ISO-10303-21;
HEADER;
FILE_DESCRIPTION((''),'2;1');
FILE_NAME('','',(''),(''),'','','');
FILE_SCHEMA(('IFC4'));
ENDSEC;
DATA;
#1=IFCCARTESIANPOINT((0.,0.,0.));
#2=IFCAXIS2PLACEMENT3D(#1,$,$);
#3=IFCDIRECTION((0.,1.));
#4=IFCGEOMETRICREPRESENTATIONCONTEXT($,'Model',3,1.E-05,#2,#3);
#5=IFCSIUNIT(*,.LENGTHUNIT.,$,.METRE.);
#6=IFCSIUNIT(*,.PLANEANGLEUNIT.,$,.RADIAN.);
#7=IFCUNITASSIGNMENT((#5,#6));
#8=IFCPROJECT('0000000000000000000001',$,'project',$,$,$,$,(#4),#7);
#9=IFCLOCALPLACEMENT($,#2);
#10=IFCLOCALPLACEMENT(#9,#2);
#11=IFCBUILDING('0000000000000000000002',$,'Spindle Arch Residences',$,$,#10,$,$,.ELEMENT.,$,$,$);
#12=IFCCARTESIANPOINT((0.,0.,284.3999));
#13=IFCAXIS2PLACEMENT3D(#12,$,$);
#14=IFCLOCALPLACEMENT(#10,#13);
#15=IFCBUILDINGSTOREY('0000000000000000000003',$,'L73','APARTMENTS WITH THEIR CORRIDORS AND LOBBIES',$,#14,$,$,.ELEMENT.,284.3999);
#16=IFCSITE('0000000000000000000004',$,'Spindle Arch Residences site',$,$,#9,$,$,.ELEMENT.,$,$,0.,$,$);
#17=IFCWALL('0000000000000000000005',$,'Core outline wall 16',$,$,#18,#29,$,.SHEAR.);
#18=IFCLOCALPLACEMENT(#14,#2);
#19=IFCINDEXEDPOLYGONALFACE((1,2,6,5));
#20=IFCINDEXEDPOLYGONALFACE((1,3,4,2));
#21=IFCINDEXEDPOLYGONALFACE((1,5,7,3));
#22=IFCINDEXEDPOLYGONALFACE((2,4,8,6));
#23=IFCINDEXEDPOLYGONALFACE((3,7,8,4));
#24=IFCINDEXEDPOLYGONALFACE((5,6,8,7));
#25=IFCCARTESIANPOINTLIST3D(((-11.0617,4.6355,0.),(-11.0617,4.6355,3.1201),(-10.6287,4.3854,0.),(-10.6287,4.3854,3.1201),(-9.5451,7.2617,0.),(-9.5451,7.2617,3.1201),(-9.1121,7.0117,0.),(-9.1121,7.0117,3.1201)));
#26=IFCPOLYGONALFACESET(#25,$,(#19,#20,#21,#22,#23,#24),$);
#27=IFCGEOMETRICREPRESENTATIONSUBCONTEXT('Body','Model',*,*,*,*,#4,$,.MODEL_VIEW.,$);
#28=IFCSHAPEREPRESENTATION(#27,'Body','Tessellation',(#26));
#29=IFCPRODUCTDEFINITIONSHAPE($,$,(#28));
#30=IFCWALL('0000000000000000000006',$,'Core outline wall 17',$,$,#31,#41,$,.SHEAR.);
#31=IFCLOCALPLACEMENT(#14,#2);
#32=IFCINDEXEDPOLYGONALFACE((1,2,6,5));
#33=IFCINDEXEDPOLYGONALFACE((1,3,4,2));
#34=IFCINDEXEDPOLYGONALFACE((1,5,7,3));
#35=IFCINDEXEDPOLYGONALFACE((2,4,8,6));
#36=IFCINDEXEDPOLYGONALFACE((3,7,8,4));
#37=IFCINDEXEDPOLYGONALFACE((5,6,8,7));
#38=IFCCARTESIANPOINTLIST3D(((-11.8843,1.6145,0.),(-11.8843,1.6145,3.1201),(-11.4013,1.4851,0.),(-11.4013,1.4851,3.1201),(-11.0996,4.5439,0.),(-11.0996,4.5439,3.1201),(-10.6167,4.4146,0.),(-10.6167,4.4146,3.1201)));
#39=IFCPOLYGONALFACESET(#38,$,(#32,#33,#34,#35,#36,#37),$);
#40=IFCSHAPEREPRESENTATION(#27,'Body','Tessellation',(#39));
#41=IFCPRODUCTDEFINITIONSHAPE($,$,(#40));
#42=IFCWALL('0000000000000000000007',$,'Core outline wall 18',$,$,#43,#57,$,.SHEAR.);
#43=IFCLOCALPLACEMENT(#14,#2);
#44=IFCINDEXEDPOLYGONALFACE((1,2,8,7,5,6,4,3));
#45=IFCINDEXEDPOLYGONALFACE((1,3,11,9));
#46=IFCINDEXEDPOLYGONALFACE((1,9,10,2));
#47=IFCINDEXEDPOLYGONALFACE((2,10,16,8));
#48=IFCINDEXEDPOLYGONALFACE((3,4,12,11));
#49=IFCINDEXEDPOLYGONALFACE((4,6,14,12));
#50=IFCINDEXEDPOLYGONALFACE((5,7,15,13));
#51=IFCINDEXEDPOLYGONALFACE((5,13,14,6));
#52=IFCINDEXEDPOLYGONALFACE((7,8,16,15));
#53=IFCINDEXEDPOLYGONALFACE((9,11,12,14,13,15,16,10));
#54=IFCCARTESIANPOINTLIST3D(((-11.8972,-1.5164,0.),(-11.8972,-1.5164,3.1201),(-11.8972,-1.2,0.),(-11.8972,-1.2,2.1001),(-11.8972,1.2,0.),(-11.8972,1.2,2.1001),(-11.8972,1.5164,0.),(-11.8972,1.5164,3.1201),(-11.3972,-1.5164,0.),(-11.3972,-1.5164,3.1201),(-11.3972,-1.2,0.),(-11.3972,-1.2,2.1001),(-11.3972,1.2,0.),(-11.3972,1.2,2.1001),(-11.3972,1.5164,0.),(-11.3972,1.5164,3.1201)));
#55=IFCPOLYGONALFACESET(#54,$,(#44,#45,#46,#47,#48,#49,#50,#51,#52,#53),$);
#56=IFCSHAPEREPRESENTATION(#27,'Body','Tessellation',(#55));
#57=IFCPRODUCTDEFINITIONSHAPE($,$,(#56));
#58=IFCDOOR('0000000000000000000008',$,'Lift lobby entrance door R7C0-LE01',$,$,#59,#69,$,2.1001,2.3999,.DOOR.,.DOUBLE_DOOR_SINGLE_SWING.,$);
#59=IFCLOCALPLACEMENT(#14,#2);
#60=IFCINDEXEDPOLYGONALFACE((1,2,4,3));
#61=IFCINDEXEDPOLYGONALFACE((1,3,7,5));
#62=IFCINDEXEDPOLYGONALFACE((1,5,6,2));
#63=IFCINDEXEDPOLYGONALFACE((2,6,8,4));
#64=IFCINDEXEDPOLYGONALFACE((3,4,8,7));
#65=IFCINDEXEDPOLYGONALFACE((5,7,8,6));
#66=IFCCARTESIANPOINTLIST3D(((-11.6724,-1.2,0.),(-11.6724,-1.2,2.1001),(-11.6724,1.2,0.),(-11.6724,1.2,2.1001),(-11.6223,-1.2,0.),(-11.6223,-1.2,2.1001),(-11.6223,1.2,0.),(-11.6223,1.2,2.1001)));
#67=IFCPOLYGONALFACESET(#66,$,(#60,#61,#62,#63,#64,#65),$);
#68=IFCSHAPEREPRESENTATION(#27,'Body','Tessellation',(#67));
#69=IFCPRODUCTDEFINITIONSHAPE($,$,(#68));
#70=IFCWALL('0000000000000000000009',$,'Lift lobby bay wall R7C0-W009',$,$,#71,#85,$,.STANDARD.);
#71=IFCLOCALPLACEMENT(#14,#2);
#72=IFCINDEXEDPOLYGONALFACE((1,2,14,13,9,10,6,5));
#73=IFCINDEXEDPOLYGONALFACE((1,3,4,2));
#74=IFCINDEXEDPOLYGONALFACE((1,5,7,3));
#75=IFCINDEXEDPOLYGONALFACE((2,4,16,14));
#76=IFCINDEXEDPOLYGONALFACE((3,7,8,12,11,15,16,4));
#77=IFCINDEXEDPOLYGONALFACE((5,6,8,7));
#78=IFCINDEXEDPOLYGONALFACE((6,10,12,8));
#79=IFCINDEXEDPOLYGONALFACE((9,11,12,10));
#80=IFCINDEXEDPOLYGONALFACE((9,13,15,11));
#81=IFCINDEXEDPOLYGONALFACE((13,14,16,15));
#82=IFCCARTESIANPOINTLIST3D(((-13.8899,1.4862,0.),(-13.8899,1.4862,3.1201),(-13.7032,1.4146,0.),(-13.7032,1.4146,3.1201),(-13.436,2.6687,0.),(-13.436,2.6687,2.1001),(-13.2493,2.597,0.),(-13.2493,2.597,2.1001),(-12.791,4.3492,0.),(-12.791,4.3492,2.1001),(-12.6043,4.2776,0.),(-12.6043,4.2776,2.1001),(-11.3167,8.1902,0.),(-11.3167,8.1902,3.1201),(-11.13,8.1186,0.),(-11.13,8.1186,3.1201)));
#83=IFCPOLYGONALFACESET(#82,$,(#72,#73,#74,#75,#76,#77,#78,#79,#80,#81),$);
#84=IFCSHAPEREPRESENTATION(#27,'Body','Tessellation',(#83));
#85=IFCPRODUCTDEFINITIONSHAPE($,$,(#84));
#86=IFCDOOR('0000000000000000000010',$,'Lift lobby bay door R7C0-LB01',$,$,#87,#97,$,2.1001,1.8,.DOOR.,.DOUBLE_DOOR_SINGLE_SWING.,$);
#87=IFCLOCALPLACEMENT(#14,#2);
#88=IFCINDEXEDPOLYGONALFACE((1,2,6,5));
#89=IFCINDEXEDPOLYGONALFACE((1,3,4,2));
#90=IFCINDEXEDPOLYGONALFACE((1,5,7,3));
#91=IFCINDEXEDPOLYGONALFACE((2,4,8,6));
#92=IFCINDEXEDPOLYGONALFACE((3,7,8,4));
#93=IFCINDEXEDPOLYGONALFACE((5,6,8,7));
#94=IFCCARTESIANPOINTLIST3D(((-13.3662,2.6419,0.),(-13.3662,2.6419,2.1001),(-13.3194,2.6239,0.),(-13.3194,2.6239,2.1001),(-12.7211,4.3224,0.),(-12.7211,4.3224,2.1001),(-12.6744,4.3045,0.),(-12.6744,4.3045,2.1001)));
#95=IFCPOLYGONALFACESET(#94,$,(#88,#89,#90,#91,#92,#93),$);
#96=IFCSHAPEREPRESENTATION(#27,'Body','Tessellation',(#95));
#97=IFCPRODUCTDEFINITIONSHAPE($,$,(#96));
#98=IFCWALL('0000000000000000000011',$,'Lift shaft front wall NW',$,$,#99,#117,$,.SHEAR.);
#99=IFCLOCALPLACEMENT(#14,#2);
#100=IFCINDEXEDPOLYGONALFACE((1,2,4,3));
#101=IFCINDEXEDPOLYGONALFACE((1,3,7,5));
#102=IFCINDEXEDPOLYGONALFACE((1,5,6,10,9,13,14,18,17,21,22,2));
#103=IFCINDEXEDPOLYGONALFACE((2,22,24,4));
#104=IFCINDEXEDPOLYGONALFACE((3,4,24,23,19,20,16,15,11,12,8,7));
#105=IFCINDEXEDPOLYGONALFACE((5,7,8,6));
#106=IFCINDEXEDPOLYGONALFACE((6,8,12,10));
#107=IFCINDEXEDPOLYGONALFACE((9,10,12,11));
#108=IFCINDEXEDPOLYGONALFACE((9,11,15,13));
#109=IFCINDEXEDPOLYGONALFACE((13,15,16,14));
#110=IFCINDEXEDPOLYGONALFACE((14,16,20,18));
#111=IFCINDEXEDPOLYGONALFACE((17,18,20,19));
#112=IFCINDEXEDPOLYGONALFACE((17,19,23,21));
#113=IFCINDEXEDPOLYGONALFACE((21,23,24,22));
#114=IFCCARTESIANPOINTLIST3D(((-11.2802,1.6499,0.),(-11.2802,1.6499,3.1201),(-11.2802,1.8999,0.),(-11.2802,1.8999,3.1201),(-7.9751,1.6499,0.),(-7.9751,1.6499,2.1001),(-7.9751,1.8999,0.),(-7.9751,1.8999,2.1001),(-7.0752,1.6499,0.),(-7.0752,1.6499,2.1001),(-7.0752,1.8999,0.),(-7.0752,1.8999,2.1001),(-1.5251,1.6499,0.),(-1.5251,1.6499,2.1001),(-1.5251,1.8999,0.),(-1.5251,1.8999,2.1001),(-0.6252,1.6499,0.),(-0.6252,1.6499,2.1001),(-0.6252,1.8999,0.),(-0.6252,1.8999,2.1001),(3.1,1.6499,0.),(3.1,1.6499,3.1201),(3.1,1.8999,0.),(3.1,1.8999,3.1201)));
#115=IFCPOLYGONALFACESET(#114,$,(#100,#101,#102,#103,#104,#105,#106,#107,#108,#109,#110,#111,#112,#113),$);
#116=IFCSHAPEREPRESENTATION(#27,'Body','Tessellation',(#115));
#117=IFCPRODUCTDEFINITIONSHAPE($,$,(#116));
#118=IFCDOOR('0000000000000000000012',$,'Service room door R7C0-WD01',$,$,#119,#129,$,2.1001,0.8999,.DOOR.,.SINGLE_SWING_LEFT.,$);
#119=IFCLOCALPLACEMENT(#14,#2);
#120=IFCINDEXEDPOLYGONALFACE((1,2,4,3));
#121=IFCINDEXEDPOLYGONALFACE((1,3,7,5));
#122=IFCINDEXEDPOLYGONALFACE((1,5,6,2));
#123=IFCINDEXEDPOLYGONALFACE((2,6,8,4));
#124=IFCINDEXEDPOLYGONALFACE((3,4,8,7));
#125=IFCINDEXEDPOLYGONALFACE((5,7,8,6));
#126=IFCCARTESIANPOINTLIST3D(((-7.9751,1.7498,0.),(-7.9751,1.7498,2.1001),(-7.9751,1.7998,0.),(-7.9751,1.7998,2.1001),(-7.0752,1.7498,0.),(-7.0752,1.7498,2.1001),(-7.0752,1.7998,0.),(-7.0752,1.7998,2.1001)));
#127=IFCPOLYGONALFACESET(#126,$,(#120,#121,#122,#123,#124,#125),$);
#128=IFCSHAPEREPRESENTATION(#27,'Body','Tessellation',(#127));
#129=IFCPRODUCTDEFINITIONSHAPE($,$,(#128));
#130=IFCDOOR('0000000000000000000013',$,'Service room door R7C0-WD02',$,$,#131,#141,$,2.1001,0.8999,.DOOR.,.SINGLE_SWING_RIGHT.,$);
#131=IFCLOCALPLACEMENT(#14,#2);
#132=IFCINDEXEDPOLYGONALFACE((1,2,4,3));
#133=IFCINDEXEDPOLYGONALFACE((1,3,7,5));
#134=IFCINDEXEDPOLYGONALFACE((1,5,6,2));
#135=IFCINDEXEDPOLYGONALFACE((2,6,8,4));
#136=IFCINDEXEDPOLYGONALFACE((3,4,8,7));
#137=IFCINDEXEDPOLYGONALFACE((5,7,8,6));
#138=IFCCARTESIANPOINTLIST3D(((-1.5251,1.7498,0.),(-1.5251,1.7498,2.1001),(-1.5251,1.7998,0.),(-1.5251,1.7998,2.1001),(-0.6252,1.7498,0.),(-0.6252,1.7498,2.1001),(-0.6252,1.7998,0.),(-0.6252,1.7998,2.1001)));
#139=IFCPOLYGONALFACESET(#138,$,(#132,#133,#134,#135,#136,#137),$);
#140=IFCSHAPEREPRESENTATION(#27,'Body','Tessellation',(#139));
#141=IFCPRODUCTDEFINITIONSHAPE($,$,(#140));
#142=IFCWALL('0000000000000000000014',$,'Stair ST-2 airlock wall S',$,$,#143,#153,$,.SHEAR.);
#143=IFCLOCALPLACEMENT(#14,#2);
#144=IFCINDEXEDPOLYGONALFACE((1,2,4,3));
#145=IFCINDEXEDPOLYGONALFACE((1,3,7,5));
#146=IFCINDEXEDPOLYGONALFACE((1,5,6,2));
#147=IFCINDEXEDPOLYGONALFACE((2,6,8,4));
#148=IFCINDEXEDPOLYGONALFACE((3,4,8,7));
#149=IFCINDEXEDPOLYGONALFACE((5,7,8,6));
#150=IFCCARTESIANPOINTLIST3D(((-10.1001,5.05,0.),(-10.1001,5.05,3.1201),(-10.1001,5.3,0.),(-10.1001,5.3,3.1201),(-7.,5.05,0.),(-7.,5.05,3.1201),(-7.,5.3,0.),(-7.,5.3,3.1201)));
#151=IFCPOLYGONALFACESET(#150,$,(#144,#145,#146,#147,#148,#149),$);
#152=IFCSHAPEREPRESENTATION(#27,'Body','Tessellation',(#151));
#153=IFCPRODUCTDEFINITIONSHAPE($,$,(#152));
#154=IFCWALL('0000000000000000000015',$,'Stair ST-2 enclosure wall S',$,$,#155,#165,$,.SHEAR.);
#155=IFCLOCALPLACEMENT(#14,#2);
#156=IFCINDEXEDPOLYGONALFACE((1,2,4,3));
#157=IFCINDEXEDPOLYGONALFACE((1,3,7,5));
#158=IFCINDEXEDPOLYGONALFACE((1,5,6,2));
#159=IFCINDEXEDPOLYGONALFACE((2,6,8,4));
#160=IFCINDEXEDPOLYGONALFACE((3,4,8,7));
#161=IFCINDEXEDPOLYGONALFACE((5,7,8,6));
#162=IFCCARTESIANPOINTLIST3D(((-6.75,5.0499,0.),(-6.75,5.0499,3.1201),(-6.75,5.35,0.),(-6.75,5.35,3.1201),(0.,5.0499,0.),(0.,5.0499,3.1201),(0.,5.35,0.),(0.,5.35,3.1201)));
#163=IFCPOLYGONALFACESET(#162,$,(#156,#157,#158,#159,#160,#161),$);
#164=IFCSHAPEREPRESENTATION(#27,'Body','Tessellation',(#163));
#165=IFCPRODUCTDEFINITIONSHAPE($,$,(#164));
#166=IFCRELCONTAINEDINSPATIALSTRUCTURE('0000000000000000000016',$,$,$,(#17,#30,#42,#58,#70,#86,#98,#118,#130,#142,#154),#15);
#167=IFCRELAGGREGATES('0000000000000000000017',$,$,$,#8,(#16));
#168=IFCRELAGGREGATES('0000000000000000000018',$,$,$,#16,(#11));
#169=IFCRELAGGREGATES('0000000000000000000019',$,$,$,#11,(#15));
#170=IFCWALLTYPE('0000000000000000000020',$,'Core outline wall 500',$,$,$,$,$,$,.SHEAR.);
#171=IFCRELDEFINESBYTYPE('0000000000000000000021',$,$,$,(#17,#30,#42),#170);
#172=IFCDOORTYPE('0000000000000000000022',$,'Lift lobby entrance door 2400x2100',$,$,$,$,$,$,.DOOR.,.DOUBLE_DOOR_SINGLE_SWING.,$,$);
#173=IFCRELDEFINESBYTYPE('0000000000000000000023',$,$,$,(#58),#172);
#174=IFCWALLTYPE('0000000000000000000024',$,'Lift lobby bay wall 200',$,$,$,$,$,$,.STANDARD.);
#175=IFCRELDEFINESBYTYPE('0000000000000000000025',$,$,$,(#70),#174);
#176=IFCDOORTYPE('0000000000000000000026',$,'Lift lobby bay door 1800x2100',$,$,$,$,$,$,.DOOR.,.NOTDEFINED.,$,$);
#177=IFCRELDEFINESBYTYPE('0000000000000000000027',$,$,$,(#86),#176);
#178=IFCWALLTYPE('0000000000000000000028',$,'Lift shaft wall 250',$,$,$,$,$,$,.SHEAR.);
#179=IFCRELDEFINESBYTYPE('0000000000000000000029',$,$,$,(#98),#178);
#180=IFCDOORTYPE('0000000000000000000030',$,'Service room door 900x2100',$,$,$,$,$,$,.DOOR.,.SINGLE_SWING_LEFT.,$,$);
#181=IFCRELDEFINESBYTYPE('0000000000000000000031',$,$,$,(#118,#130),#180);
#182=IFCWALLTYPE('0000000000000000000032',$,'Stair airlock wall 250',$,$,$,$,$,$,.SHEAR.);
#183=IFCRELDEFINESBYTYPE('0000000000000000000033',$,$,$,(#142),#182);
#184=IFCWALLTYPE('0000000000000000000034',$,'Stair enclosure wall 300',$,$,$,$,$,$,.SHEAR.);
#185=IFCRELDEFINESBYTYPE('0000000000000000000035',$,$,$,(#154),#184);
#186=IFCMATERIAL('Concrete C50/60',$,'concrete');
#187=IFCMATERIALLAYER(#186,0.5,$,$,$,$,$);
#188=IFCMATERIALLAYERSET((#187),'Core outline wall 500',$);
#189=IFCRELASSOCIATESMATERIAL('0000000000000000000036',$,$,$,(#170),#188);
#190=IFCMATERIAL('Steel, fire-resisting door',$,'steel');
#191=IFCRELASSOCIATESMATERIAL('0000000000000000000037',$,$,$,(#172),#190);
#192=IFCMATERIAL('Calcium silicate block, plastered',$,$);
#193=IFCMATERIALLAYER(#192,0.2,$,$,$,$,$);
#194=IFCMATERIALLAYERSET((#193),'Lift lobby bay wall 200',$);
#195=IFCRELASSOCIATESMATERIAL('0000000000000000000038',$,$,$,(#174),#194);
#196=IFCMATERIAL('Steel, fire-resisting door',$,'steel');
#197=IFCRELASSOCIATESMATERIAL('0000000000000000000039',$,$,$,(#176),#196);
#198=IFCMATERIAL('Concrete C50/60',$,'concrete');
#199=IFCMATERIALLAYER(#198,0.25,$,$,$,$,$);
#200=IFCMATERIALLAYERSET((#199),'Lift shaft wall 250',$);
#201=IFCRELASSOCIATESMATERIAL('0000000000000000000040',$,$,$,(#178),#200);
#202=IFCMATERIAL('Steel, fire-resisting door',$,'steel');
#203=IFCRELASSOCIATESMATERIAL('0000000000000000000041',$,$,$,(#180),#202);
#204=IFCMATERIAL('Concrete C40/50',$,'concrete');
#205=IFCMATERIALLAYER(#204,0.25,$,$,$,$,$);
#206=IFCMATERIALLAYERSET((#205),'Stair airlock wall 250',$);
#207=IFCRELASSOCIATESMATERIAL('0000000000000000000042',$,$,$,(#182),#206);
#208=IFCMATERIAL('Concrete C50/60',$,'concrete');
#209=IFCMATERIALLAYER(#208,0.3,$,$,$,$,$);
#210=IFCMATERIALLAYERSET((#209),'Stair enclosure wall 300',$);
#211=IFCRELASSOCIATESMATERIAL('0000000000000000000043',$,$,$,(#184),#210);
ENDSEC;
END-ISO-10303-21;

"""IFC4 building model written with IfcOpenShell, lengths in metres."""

from ifc_helpers import new_model, si_unit, direction, frame, frame_2d, origin, place, context, subcontext, project, spatial, rectangle, extrude, material, layer, layer_set, type_object, element, fill, save


model = new_model("IFC4")

# Units and contexts
model_context = context("Model", 3, precision=1e-05, world=origin(), true_north=direction((0.0, 1.0)))
body_context = subcontext(model_context, "Body", "Model", "MODEL_VIEW")
ifc_project = project(units=[si_unit("LENGTHUNIT", "METRE"), si_unit("PLANEANGLEUNIT", "RADIAN")], contexts=[model_context])

# Site, building, storey
site_placement = place(None, origin())
site = spatial("IfcSite", under=ifc_project, at=site_placement, Name="Spindle Arch Residences site", CompositionType="ELEMENT", RefElevation=0.0)
building_placement = place(site_placement, origin())
building = spatial("IfcBuilding", under=site, at=building_placement, Name="Spindle Arch Residences", CompositionType="ELEMENT")
storey_placement = place(building_placement, frame((0.0, 0.0, 284.3999)))
storey = spatial("IfcBuildingStorey", under=building, at=storey_placement, Name="L73", Description="APARTMENTS WITH THEIR CORRIDORS AND LOBBIES", CompositionType="ELEMENT", Elevation=284.3999)

# Walls
ifc_material_1 = material(Name="Concrete C50/60", Category="concrete")
ifc_layer_1 = layer(ifc_material_1, 0.5)
ifc_layer_set_1 = layer_set([ifc_layer_1], Name="Core outline wall 500")
wall_type_1 = type_object("IfcWallType", Name="Core outline wall 500", PredefinedType="SHEAR", material=ifc_layer_set_1)
for number, where, z_axis, x_axis, name in (
    (1, (-9.3286, 7.1367, 0.0), (0.0, 0.0, 1.0), (-0.500087, -0.865975, 0.0), "Core outline wall 16"),
    (2, (-10.8582, 4.4792, 0.0), (0.0, 0.0, 1.0), (-0.258735, -0.965948, 0.0), "Core outline wall 17"),
):
    element("IfcWall", number, at=place(storey_placement, frame(where, z_axis=z_axis, x_axis=x_axis)), inside=storey, type_object=wall_type_1, Name=name, PredefinedType="SHEAR", context=body_context, shape_type="SweptSolid", body=[
        extrude(rectangle(XDim=3.0327, YDim=0.5, at=frame_2d((1.5164, 0.0))), origin(), (0.0, 0.0, 1.0), 3.1201),
    ])

# Walls, openings, doors
wall_1_placement = place(storey_placement, frame((-11.6472, 1.5164, 0.0), z_axis=(0.0, 0.0, 1.0), x_axis=(0.0, -1.0, 0.0)))
wall_1 = element("IfcWall", 3, at=wall_1_placement, inside=storey, type_object=wall_type_1, Name="Core outline wall 18", PredefinedType="SHEAR", context=body_context, shape_type="SweptSolid", body=[
    extrude(rectangle(XDim=3.0327, YDim=0.5, at=frame_2d((1.5164, 0.0))), origin(), (0.0, 0.0, 1.0), 3.1201),
])
opening_1_placement = place(wall_1_placement, frame((0.3164, 0.0, 0.0)))
opening_1 = element("IfcOpeningElement", 4, at=opening_1_placement, cuts=wall_1, PredefinedType="OPENING", context=body_context, shape_type="SweptSolid", body=[
    extrude(rectangle(XDim=2.3999, YDim=2.1001, at=frame_2d((1.2, 1.05))), frame((0.0, 0.26, 0.0), z_axis=(0.0, -1.0, 0.0), x_axis=(1.0, 0.0, 0.0)), (0.0, 0.0, 1.0), 0.52),
])
ifc_material_2 = material(Name="Steel, fire-resisting door", Category="steel")
door_type_1 = type_object("IfcDoorType", Name="Lift lobby entrance door 2400x2100", OperationType="DOUBLE_DOOR_SINGLE_SWING", PredefinedType="DOOR", material=ifc_material_2)
door_1_placement = place(opening_1_placement, origin())
door_1 = element("IfcDoor", 5, at=door_1_placement, inside=storey, type_object=door_type_1, Name="Lift lobby entrance door R7C0-LE01", OperationType="DOUBLE_DOOR_SINGLE_SWING", OverallHeight=2.1001, OverallWidth=2.3999, PredefinedType="DOOR", context=body_context, shape_type="SweptSolid", body=[
    extrude(rectangle(XDim=2.3999, YDim=2.1001, at=frame_2d((1.2, 1.05))), frame((0.0, 0.0249, 0.0), z_axis=(0.0, -1.0, 0.0), x_axis=(1.0, 0.0, 0.0)), (0.0, 0.0, 1.0), 0.05),
])
fill(opening_1, door_1)
ifc_material_3 = material(Name="Calcium silicate block, plastered")
ifc_layer_2 = layer(ifc_material_3, 0.2)
ifc_layer_set_2 = layer_set([ifc_layer_2], Name="Lift lobby bay wall 200")
wall_type_2 = type_object("IfcWallType", Name="Lift lobby bay wall 200", PredefinedType="STANDARD", material=ifc_layer_set_2)
wall_2_placement = place(storey_placement, frame((-11.2234, 8.1543, 0.0), z_axis=(0.0, 0.0, 1.0), x_axis=(-0.358341, -0.933591, 0.0)))
wall_2 = element("IfcWall", 6, at=wall_2_placement, inside=storey, type_object=wall_type_2, Name="Lift lobby bay wall R7C0-W009", PredefinedType="STANDARD", context=body_context, shape_type="SweptSolid", body=[
    extrude(rectangle(XDim=7.1809, YDim=0.2, at=frame_2d((3.5903, 0.0))), origin(), (0.0, 0.0, 1.0), 3.1201),
])
opening_2_placement = place(wall_2_placement, frame((4.1143, 0.0, 0.0)))
opening_2 = element("IfcOpeningElement", 7, at=opening_2_placement, cuts=wall_2, PredefinedType="OPENING", context=body_context, shape_type="SweptSolid", body=[
    extrude(rectangle(XDim=1.8, YDim=2.1001, at=frame_2d((0.8999, 1.05))), frame((0.0, 0.1099, 0.0), z_axis=(0.0, -1.0, 0.0), x_axis=(1.0, 0.0, 0.0)), (0.0, 0.0, 1.0), 0.22),
])
ifc_material_4 = material(Name="Steel, fire-resisting door", Category="steel")
door_type_2 = type_object("IfcDoorType", Name="Lift lobby bay door 1800x2100", OperationType="NOTDEFINED", PredefinedType="DOOR", material=ifc_material_4)
door_2_placement = place(opening_2_placement, origin())
door_2 = element("IfcDoor", 8, at=door_2_placement, inside=storey, type_object=door_type_2, Name="Lift lobby bay door R7C0-LB01", OperationType="DOUBLE_DOOR_SINGLE_SWING", OverallHeight=2.1001, OverallWidth=1.8, PredefinedType="DOOR", context=body_context, shape_type="SweptSolid", body=[
    extrude(rectangle(XDim=1.8, YDim=2.1001, at=frame_2d((0.8999, 1.05))), frame((0.0, 0.0249, 0.0), z_axis=(0.0, -1.0, 0.0), x_axis=(1.0, 0.0, 0.0)), (0.0, 0.0, 1.0), 0.05),
])
fill(opening_2, door_2)

# Wall, openings, doors
ifc_material_5 = material(Name="Concrete C50/60", Category="concrete")
ifc_layer_3 = layer(ifc_material_5, 0.25)
ifc_layer_set_3 = layer_set([ifc_layer_3], Name="Lift shaft wall 250")
wall_type_3 = type_object("IfcWallType", Name="Lift shaft wall 250", PredefinedType="SHEAR", material=ifc_layer_set_3)
wall_3_placement = place(storey_placement, frame((-11.28, 1.7749, 0.0), z_axis=(0.0, 0.0, 1.0), x_axis=(1.0, 0.0, 0.0)))
wall_3 = element("IfcWall", 9, at=wall_3_placement, inside=storey, type_object=wall_type_3, Name="Lift shaft front wall NW", PredefinedType="SHEAR", context=body_context, shape_type="SweptSolid", body=[
    extrude(rectangle(XDim=14.3801, YDim=0.25, at=frame_2d((7.1899, 0.0))), origin(), (0.0, 0.0, 1.0), 3.1201),
])
opening_3_placement = place(wall_3_placement, frame((3.3049, 0.0, 0.0)))
opening_3 = element("IfcOpeningElement", 10, at=opening_3_placement, cuts=wall_3, PredefinedType="OPENING", context=body_context, shape_type="SweptSolid", body=[
    extrude(rectangle(XDim=0.8999, YDim=2.1001, at=frame_2d((0.45, 1.05))), frame((0.0, 0.135, 0.0), z_axis=(0.0, -1.0, 0.0), x_axis=(1.0, 0.0, 0.0)), (0.0, 0.0, 1.0), 0.27),
])
opening_4_placement = place(wall_3_placement, frame((9.7549, 0.0, 0.0)))
opening_4 = element("IfcOpeningElement", 11, at=opening_4_placement, cuts=wall_3, PredefinedType="OPENING", context=body_context, shape_type="SweptSolid", body=[
    extrude(rectangle(XDim=0.8999, YDim=2.1001, at=frame_2d((0.45, 1.05))), frame((0.0, 0.135, 0.0), z_axis=(0.0, -1.0, 0.0), x_axis=(1.0, 0.0, 0.0)), (0.0, 0.0, 1.0), 0.27),
])
ifc_material_6 = material(Name="Steel, fire-resisting door", Category="steel")
door_type_3 = type_object("IfcDoorType", Name="Service room door 900x2100", OperationType="SINGLE_SWING_LEFT", PredefinedType="DOOR", material=ifc_material_6)
door_3_placement = place(opening_3_placement, origin())
door_3 = element("IfcDoor", 12, at=door_3_placement, inside=storey, type_object=door_type_3, Name="Service room door R7C0-WD01", OperationType="SINGLE_SWING_LEFT", OverallHeight=2.1001, OverallWidth=0.8999, PredefinedType="DOOR", context=body_context, shape_type="SweptSolid", body=[
    extrude(rectangle(XDim=0.8999, YDim=2.1001, at=frame_2d((0.45, 1.05))), frame((0.0, 0.0249, 0.0), z_axis=(0.0, -1.0, 0.0), x_axis=(1.0, 0.0, 0.0)), (0.0, 0.0, 1.0), 0.05),
])
fill(opening_3, door_3)
door_4_placement = place(opening_4_placement, origin())
door_4 = element("IfcDoor", 13, at=door_4_placement, inside=storey, type_object=door_type_3, Name="Service room door R7C0-WD02", OperationType="SINGLE_SWING_RIGHT", OverallHeight=2.1001, OverallWidth=0.8999, PredefinedType="DOOR", context=body_context, shape_type="SweptSolid", body=[
    extrude(rectangle(XDim=0.8999, YDim=2.1001, at=frame_2d((0.45, 1.05))), frame((0.0, 0.0249, 0.0), z_axis=(0.0, -1.0, 0.0), x_axis=(1.0, 0.0, 0.0)), (0.0, 0.0, 1.0), 0.05),
])
fill(opening_4, door_4)

# Walls
ifc_material_7 = material(Name="Concrete C40/50", Category="concrete")
ifc_layer_4 = layer(ifc_material_7, 0.25)
ifc_layer_set_4 = layer_set([ifc_layer_4], Name="Stair airlock wall 250")
wall_type_4 = type_object("IfcWallType", Name="Stair airlock wall 250", PredefinedType="SHEAR", material=ifc_layer_set_4)
wall_4_placement = place(storey_placement, frame((-7.0, 5.175, 0.0), z_axis=(0.0, 0.0, 1.0), x_axis=(-1.0, 0.0, 0.0)))
element("IfcWall", 14, at=wall_4_placement, inside=storey, type_object=wall_type_4, Name="Stair ST-2 airlock wall S", PredefinedType="SHEAR", context=body_context, shape_type="SweptSolid", body=[
    extrude(rectangle(XDim=3.1001, YDim=0.25, at=frame_2d((1.55, 0.0))), origin(), (0.0, 0.0, 1.0), 3.1201),
])
ifc_material_8 = material(Name="Concrete C50/60", Category="concrete")
ifc_layer_5 = layer(ifc_material_8, 0.3)
ifc_layer_set_5 = layer_set([ifc_layer_5], Name="Stair enclosure wall 300")
wall_type_5 = type_object("IfcWallType", Name="Stair enclosure wall 300", PredefinedType="SHEAR", material=ifc_layer_set_5)
wall_5_placement = place(storey_placement, frame((-6.75, 5.2, 0.0), z_axis=(0.0, 0.0, 1.0), x_axis=(1.0, 0.0, 0.0)))
element("IfcWall", 15, at=wall_5_placement, inside=storey, type_object=wall_type_5, Name="Stair ST-2 enclosure wall S", PredefinedType="SHEAR", context=body_context, shape_type="SweptSolid", body=[
    extrude(rectangle(XDim=6.75, YDim=0.3, at=frame_2d((3.375, 0.0))), origin(), (0.0, 0.0, 1.0), 3.1201),
])

save(model, "model.ifc")
